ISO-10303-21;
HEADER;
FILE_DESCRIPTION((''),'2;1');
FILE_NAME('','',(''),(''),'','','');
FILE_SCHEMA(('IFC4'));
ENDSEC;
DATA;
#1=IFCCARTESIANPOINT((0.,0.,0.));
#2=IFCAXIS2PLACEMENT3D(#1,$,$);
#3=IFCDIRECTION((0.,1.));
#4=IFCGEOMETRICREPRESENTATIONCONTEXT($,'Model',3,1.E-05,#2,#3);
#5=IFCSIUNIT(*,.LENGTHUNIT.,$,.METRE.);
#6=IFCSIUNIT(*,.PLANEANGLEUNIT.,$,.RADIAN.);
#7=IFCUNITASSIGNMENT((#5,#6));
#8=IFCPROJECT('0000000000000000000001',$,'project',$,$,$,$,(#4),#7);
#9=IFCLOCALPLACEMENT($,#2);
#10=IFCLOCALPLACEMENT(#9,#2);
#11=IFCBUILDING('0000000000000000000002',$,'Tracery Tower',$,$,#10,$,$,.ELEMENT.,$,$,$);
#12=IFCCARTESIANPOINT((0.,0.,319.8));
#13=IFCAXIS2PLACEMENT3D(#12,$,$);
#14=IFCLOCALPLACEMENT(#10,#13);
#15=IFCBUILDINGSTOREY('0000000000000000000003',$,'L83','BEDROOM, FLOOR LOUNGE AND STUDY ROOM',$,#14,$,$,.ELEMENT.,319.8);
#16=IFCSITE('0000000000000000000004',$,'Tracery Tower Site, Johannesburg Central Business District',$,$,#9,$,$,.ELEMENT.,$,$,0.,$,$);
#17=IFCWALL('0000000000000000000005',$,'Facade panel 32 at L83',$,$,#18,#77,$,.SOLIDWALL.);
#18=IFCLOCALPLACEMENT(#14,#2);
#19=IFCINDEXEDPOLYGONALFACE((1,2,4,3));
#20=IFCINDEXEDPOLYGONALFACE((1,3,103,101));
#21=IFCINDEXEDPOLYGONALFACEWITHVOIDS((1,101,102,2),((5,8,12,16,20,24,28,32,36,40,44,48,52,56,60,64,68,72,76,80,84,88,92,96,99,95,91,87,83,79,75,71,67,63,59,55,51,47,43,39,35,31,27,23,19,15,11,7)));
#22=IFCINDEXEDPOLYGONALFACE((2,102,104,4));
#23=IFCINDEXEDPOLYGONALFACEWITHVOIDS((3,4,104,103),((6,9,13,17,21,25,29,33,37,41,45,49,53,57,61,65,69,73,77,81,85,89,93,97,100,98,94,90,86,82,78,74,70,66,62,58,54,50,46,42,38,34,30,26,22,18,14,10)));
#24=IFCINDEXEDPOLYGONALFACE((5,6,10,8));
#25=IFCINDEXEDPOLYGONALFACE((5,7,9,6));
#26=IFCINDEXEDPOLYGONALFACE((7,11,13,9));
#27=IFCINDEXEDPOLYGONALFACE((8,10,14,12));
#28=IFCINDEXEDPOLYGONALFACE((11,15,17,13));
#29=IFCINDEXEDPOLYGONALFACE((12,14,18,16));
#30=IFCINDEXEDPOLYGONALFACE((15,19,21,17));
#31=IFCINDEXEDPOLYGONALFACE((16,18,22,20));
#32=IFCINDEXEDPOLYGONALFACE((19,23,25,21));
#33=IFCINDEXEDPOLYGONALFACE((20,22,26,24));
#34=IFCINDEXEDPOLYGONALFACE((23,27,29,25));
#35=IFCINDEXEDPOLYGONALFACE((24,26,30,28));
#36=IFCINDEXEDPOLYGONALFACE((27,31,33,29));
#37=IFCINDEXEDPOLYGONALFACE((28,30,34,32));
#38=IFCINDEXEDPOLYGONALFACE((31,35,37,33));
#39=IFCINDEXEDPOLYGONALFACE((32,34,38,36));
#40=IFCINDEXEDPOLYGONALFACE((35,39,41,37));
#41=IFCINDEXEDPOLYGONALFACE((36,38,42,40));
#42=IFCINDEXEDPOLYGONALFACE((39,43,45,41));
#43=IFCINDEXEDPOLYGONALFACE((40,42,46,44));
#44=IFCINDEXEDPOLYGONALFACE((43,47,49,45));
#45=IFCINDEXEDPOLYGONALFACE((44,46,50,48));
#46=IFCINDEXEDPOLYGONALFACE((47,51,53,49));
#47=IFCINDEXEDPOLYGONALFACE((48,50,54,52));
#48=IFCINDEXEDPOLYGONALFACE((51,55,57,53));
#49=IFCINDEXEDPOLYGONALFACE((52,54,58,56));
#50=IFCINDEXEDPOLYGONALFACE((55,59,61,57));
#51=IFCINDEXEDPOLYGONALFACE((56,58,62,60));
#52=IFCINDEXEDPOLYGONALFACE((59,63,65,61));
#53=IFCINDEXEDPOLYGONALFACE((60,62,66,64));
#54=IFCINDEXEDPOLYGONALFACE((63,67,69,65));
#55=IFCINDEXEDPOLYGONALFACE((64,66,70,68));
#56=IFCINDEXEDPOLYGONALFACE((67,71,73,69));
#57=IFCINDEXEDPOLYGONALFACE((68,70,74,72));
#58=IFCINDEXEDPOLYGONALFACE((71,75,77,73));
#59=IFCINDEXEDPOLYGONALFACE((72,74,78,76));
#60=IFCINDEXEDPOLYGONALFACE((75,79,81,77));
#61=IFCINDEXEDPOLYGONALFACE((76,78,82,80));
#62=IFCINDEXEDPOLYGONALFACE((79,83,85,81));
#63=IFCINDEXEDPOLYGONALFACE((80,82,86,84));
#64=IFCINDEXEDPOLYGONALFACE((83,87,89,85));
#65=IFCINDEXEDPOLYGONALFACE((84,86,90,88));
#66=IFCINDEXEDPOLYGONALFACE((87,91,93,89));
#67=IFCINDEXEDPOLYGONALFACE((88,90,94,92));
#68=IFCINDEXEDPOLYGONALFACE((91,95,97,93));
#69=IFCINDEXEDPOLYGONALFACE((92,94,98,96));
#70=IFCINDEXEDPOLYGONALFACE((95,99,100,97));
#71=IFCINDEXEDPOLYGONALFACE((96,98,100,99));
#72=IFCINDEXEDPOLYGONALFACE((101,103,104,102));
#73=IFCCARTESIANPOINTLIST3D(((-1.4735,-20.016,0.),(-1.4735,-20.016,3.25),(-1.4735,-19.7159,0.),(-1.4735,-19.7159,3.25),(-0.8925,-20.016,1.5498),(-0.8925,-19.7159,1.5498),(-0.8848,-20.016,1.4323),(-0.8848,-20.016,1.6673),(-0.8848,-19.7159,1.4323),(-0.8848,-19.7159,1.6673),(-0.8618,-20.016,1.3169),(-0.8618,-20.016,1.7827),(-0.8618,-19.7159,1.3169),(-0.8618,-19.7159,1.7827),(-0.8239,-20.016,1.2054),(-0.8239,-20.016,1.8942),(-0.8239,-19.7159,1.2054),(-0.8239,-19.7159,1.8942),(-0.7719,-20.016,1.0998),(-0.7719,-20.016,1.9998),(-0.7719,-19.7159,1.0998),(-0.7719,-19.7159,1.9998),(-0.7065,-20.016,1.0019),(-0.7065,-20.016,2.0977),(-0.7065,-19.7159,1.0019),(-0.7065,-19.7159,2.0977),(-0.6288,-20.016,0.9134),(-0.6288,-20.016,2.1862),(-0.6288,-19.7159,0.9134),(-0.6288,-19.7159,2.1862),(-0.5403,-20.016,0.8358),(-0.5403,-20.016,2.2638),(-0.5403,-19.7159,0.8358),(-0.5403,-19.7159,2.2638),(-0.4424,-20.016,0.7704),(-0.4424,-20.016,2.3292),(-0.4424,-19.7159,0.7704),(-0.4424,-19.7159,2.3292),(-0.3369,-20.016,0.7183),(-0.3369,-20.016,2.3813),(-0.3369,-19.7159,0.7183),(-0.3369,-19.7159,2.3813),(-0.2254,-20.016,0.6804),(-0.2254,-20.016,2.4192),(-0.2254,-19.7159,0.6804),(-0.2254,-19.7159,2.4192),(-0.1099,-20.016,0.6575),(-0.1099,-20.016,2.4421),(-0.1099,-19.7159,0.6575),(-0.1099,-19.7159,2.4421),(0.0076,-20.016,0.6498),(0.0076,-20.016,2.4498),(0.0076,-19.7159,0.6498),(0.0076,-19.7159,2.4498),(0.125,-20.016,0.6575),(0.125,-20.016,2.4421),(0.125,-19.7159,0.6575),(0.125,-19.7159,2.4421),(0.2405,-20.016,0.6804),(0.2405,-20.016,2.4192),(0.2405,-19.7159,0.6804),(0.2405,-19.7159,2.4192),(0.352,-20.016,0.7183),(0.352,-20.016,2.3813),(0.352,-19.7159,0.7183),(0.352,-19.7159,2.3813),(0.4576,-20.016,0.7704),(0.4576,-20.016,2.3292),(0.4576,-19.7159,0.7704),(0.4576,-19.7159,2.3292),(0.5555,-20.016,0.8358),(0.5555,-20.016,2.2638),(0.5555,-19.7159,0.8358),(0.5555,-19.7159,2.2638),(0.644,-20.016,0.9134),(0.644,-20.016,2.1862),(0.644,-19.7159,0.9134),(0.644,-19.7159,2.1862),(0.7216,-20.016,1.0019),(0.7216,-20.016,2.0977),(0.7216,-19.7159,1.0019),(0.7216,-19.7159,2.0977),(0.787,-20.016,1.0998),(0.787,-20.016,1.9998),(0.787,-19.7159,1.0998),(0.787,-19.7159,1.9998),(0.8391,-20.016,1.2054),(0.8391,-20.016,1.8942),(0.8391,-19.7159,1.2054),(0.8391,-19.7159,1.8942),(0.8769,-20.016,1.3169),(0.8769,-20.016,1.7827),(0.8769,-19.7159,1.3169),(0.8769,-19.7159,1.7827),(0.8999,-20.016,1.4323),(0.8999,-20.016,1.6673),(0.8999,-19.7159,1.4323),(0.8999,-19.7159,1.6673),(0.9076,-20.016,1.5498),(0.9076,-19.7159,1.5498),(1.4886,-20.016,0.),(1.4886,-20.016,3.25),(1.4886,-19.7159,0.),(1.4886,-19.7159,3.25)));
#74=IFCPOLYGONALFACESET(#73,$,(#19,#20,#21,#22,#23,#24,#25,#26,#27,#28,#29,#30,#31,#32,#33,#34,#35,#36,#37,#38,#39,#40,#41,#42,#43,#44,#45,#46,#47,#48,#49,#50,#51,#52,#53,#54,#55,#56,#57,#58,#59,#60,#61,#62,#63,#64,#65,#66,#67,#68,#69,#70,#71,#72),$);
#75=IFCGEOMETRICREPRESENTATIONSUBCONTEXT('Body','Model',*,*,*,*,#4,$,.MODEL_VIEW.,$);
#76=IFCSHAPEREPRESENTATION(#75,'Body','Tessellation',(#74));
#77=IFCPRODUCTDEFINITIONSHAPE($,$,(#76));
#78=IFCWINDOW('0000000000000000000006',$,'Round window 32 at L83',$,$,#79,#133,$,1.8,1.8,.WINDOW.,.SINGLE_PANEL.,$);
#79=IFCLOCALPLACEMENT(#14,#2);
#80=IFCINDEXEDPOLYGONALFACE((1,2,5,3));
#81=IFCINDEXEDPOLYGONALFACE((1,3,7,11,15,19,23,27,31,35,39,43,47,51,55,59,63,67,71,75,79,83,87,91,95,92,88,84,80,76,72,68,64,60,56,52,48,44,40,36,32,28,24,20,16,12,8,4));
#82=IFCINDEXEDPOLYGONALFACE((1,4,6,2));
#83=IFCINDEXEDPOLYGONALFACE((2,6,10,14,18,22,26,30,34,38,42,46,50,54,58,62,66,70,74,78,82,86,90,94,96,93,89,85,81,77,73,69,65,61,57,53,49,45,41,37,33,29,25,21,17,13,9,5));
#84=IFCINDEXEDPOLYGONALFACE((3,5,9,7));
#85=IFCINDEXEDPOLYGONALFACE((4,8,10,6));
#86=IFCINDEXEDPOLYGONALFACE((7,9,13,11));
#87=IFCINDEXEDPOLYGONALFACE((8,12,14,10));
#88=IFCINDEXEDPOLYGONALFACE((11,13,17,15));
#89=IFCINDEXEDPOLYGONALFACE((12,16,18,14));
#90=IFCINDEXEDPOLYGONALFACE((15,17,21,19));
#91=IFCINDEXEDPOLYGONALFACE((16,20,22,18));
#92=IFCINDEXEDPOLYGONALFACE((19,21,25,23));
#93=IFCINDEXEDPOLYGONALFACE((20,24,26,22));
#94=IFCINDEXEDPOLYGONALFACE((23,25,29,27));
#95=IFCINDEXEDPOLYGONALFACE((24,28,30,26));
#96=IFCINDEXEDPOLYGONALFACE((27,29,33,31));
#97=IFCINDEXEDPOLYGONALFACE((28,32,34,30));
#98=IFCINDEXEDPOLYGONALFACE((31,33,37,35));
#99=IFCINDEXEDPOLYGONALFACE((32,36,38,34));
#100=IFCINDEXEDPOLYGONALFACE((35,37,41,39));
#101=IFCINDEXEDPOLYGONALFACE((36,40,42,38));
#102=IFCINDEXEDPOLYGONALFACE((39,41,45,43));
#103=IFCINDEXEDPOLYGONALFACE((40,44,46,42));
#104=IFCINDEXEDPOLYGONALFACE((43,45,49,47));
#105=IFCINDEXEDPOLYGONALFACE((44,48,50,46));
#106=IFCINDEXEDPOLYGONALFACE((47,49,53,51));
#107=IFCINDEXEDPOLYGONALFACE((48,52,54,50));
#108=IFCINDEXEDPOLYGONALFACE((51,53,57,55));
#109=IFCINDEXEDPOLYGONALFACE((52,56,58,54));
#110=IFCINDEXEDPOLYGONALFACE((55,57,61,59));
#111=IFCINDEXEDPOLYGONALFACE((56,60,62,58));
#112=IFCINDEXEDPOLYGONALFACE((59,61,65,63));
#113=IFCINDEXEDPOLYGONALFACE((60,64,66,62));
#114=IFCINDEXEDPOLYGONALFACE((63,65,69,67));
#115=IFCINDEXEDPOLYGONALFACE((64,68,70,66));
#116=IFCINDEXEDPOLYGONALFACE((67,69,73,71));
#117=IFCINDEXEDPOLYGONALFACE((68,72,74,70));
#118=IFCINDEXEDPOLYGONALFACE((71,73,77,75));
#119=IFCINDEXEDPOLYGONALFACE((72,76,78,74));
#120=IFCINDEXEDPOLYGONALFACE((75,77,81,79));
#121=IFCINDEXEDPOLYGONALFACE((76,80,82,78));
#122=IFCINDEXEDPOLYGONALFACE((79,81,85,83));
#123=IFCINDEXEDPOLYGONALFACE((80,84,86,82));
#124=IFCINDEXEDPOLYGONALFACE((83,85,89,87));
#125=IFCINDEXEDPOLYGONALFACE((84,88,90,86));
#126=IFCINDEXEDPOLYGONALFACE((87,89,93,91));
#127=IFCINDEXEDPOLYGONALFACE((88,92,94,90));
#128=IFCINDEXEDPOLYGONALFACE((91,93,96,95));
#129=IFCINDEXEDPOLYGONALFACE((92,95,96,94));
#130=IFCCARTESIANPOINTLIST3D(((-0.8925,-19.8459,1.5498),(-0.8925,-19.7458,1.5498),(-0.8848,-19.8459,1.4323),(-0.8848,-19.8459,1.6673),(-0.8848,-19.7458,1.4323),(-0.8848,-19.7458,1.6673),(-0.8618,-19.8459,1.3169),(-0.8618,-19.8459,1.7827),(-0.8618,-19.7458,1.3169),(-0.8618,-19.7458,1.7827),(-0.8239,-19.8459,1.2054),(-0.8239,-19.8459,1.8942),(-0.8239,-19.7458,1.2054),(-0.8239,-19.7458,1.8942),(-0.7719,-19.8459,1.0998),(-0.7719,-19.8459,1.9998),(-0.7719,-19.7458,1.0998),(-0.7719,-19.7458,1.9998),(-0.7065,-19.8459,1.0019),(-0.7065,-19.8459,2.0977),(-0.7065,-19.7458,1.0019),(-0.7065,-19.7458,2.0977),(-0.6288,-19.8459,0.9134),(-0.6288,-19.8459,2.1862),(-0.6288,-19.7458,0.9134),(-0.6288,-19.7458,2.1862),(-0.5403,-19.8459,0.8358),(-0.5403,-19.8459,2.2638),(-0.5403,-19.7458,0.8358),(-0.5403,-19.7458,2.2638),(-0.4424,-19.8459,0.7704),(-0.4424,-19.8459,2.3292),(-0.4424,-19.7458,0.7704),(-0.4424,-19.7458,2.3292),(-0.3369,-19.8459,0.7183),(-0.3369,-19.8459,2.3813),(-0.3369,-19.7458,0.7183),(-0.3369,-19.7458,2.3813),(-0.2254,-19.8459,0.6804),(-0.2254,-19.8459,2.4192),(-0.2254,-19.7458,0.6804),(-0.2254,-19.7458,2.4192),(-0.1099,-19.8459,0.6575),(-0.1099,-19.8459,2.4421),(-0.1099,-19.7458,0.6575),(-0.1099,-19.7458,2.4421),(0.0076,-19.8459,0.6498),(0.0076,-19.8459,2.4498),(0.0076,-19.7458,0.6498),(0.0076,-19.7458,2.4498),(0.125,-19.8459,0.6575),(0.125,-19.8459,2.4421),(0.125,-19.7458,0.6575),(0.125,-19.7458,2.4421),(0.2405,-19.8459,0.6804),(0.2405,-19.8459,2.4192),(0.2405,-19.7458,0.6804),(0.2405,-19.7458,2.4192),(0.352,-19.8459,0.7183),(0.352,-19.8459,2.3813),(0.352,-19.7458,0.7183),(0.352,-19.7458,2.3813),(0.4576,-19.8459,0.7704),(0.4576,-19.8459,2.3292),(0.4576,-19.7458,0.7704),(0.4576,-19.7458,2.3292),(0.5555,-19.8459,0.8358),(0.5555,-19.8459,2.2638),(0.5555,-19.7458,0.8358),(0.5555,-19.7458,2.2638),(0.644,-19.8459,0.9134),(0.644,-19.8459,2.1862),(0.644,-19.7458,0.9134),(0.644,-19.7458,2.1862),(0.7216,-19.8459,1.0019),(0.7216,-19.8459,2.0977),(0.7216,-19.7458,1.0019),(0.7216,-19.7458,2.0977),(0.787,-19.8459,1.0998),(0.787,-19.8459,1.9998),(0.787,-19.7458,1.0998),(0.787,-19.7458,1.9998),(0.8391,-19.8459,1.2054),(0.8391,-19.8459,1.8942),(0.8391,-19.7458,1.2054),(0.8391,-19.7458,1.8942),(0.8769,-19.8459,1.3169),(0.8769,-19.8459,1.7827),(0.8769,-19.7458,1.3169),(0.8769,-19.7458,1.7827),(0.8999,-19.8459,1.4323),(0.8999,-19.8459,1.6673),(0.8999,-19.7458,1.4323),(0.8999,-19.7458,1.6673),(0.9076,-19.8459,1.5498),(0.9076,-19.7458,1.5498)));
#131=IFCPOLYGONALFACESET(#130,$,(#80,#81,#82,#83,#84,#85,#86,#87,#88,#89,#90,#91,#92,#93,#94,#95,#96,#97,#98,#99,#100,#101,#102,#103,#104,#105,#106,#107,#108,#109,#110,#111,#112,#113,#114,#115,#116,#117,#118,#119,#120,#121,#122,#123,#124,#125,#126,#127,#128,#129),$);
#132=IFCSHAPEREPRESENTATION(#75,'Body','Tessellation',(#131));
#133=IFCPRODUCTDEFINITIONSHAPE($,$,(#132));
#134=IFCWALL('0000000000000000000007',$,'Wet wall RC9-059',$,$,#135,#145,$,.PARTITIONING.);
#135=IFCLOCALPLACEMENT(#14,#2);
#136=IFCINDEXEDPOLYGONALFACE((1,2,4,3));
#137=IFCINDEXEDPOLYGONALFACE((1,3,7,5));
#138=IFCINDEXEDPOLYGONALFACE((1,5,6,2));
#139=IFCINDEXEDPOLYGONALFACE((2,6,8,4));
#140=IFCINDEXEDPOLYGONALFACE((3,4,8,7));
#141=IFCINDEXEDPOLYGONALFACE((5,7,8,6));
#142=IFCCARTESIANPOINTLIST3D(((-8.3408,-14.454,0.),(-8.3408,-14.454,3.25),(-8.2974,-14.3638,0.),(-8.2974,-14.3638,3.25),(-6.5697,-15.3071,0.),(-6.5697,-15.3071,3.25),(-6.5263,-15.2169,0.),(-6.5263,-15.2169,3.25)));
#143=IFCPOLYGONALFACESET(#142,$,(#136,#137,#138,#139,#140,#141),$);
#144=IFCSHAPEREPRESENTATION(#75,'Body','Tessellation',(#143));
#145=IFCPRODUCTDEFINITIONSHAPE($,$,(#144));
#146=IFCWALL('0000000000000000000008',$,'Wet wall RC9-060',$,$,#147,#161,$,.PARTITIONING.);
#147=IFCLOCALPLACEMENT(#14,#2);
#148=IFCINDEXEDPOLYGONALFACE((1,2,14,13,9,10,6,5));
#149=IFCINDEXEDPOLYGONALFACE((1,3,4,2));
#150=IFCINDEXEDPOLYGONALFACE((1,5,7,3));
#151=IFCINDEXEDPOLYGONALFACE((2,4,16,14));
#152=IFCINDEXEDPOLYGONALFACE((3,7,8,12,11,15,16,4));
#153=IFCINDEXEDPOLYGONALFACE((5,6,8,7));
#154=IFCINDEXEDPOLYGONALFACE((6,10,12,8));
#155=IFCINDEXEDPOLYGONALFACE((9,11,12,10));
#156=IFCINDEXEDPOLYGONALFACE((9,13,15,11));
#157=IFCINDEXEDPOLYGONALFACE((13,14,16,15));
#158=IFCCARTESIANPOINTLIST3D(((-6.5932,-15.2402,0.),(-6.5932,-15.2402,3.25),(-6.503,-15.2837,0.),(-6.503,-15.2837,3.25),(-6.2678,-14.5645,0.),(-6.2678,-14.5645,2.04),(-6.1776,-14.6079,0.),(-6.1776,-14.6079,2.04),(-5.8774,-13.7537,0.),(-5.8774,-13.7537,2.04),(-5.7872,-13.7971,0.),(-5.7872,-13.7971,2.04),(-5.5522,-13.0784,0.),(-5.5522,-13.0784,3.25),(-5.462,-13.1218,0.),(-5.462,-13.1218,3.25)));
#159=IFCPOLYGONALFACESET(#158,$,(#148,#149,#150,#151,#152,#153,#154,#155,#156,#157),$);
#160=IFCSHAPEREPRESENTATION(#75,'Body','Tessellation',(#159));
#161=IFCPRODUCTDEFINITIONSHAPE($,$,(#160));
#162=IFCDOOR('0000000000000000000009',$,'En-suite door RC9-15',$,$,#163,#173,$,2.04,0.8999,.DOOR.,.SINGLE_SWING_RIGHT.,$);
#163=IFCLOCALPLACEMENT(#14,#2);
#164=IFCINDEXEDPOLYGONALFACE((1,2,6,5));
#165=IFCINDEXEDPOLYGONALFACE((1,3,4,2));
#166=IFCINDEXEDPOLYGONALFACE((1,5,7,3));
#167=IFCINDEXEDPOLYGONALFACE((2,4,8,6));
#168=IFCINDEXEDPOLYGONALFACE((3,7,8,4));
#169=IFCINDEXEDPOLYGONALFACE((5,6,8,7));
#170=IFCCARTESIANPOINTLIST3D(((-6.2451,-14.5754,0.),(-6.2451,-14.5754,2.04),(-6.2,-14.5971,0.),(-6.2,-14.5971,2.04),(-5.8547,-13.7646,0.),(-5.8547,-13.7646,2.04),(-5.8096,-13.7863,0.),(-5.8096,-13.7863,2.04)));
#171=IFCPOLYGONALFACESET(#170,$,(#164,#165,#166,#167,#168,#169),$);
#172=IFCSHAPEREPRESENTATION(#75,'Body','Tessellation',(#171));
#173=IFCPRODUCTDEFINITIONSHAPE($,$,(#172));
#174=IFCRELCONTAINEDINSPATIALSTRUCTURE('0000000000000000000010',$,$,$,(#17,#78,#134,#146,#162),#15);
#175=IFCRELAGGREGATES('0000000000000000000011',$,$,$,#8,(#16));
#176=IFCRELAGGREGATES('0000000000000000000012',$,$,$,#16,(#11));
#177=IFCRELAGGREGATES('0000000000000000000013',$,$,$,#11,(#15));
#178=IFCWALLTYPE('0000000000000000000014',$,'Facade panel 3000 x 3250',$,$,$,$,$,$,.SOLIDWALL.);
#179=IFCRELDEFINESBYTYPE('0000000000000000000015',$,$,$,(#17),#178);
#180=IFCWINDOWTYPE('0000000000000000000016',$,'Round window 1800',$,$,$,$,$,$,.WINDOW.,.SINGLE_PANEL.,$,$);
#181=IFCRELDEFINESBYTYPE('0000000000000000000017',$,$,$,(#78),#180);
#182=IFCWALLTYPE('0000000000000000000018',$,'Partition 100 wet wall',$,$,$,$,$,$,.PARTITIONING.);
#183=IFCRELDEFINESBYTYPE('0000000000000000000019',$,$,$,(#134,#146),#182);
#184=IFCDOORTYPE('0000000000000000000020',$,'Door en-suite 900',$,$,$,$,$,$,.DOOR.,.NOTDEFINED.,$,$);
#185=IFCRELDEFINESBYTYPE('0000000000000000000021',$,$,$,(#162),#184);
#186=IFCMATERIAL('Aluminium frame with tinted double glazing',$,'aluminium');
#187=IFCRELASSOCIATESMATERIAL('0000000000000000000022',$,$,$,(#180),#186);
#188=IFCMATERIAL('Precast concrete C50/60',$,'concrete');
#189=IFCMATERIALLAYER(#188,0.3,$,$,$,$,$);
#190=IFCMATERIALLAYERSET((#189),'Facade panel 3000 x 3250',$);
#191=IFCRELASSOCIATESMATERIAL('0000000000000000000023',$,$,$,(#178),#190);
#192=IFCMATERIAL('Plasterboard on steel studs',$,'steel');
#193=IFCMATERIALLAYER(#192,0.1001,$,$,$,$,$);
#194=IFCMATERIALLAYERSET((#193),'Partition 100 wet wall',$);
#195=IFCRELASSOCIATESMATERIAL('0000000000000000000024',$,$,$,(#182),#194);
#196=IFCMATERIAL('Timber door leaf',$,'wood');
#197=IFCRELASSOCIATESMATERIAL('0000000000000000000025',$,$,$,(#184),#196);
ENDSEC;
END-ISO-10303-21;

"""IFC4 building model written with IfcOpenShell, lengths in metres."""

from ifc_helpers import new_model, si_unit, direction, frame, frame_2d, origin, origin_2d, place, context, subcontext, project, spatial, rectangle, circle, extrude, material, layer, layer_set, type_object, element, fill, save


model = new_model("IFC4")

# Units and contexts
model_context = context("Model", 3, precision=1e-05, world=origin(), true_north=direction((0.0, 1.0)))
body_context = subcontext(model_context, "Body", "Model", "MODEL_VIEW")
ifc_project = project(units=[si_unit("LENGTHUNIT", "METRE"), si_unit("PLANEANGLEUNIT", "RADIAN")], contexts=[model_context])

# Site, building, storey
site_placement = place(None, origin())
site = spatial("IfcSite", under=ifc_project, at=site_placement, Name="Tracery Tower Site, Johannesburg Central Business District", CompositionType="ELEMENT", RefElevation=0.0)
building_placement = place(site_placement, origin())
building = spatial("IfcBuilding", under=site, at=building_placement, Name="Tracery Tower", CompositionType="ELEMENT")
storey_placement = place(building_placement, frame((0.0, 0.0, 319.8)))
storey = spatial("IfcBuildingStorey", under=building, at=storey_placement, Name="L83", Description="BEDROOM, FLOOR LOUNGE AND STUDY ROOM", CompositionType="ELEMENT", Elevation=319.8)

# Wall, opening, window
ifc_material_1 = material(Name="Aluminium frame with tinted double glazing", Category="aluminium")
window_type = type_object("IfcWindowType", Name="Round window 1800", PartitioningType="SINGLE_PANEL", PredefinedType="WINDOW", material=ifc_material_1)
ifc_material_2 = material(Name="Precast concrete C50/60", Category="concrete")
ifc_layer_1 = layer(ifc_material_2, 0.3)
ifc_layer_set_1 = layer_set([ifc_layer_1], Name="Facade panel 3000 x 3250")
wall_type_1 = type_object("IfcWallType", Name="Facade panel 3000 x 3250", PredefinedType="SOLIDWALL", material=ifc_layer_set_1)
wall_1_placement = place(storey_placement, frame((-1.4734, -19.866, 0.0), z_axis=(0.0, 0.0, 1.0), x_axis=(1.0, 0.0, 0.0)))
wall_1 = element("IfcWall", 1, at=wall_1_placement, inside=storey, type_object=wall_type_1, Name="Facade panel 32 at L83", PredefinedType="SOLIDWALL", context=body_context, shape_type="SweptSolid", body=[
    extrude(rectangle(XDim=2.9622, YDim=0.3, at=frame_2d((1.481, 0.0))), origin(), (0.0, 0.0, 1.0), 3.25),
])
opening_1_placement = place(wall_1_placement, frame((1.481, 0.0, 1.5498)))
opening_1 = element("IfcOpeningElement", 2, at=opening_1_placement, cuts=wall_1, PredefinedType="OPENING", context=body_context, shape_type="SweptSolid", body=[
    extrude(circle(Radius=0.9, at=origin_2d()), frame((0.0, 0.1599, 0.0), z_axis=(0.0, -1.0, 0.0), x_axis=(1.0, 0.0, 0.0)), (0.0, 0.0, 1.0), 0.3201),
])
window_1_placement = place(opening_1_placement, origin())
window_1 = element("IfcWindow", 3, at=window_1_placement, inside=storey, type_object=window_type, Name="Round window 32 at L83", OverallHeight=1.8, OverallWidth=1.8, PartitioningType="SINGLE_PANEL", PredefinedType="WINDOW", context=body_context, shape_type="SweptSolid", body=[
    extrude(circle(Radius=0.9, at=origin_2d()), frame((0.0, 0.1201, 0.0), z_axis=(0.0, -1.0, 0.0), x_axis=(1.0, 0.0, 0.0)), (0.0, 0.0, 1.0), 0.1001),
])
fill(opening_1, window_1)

# Wall
ifc_material_3 = material(Name="Plasterboard on steel studs", Category="steel")
ifc_layer_2 = layer(ifc_material_3, 0.1001)
ifc_layer_set_2 = layer_set([ifc_layer_2], Name="Partition 100 wet wall")
wall_type_2 = type_object("IfcWallType", Name="Partition 100 wet wall", PredefinedType="PARTITIONING", material=ifc_layer_set_2)
wall_2_placement = place(storey_placement, frame((-8.3191, -14.4089, 0.0), z_axis=(0.0, 0.0, 1.0), x_axis=(0.900937, -0.43395, 0.0)))
element("IfcWall", 4, at=wall_2_placement, inside=storey, type_object=wall_type_2, Name="Wet wall RC9-059", PredefinedType="PARTITIONING", context=body_context, shape_type="SweptSolid", body=[
    extrude(rectangle(XDim=1.9658, YDim=0.1001, at=frame_2d((0.9829, 0.0))), origin(), (0.0, 0.0, 1.0), 3.25),
])

# Wall, opening, door
wall_3_placement = place(storey_placement, frame((-6.5481, -15.262, 0.0), z_axis=(0.0, 0.0, 1.0), x_axis=(0.433855, 0.900983, 0.0)))
wall_3 = element("IfcWall", 5, at=wall_3_placement, inside=storey, type_object=wall_type_2, Name="Wet wall RC9-060", PredefinedType="PARTITIONING", context=body_context, shape_type="SweptSolid", body=[
    extrude(rectangle(XDim=2.3994, YDim=0.1001, at=frame_2d((1.1997, 0.0))), origin(), (0.0, 0.0, 1.0), 3.25),
])
opening_2_placement = place(wall_3_placement, frame((0.75, 0.0, 0.0)))
opening_2 = element("IfcOpeningElement", 6, at=opening_2_placement, cuts=wall_3, PredefinedType="OPENING", context=body_context, shape_type="SweptSolid", body=[
    extrude(rectangle(XDim=0.8999, YDim=2.04, at=frame_2d((0.45, 1.02))), frame((0.0, 0.05, 0.0), z_axis=(0.0, -1.0, 0.0), x_axis=(1.0, 0.0, 0.0)), (0.0, 0.0, 1.0), 0.1001),
])
ifc_material_4 = material(Name="Timber door leaf", Category="wood")
door_type_1 = type_object("IfcDoorType", Name="Door en-suite 900", OperationType="NOTDEFINED", PredefinedType="DOOR", material=ifc_material_4)
door_1_placement = place(opening_2_placement, origin())
door_1 = element("IfcDoor", 7, at=door_1_placement, inside=storey, type_object=door_type_1, Name="En-suite door RC9-15", OperationType="SINGLE_SWING_RIGHT", OverallHeight=2.04, OverallWidth=0.8999, PredefinedType="DOOR", context=body_context, shape_type="SweptSolid", body=[
    extrude(rectangle(XDim=0.8999, YDim=2.04, at=frame_2d((0.45, 1.02))), frame((0.0, 0.0249, 0.0), z_axis=(0.0, -1.0, 0.0), x_axis=(1.0, 0.0, 0.0)), (0.0, 0.0, 1.0), 0.05),
])
fill(opening_2, door_1)

save(model, "model.ifc")
